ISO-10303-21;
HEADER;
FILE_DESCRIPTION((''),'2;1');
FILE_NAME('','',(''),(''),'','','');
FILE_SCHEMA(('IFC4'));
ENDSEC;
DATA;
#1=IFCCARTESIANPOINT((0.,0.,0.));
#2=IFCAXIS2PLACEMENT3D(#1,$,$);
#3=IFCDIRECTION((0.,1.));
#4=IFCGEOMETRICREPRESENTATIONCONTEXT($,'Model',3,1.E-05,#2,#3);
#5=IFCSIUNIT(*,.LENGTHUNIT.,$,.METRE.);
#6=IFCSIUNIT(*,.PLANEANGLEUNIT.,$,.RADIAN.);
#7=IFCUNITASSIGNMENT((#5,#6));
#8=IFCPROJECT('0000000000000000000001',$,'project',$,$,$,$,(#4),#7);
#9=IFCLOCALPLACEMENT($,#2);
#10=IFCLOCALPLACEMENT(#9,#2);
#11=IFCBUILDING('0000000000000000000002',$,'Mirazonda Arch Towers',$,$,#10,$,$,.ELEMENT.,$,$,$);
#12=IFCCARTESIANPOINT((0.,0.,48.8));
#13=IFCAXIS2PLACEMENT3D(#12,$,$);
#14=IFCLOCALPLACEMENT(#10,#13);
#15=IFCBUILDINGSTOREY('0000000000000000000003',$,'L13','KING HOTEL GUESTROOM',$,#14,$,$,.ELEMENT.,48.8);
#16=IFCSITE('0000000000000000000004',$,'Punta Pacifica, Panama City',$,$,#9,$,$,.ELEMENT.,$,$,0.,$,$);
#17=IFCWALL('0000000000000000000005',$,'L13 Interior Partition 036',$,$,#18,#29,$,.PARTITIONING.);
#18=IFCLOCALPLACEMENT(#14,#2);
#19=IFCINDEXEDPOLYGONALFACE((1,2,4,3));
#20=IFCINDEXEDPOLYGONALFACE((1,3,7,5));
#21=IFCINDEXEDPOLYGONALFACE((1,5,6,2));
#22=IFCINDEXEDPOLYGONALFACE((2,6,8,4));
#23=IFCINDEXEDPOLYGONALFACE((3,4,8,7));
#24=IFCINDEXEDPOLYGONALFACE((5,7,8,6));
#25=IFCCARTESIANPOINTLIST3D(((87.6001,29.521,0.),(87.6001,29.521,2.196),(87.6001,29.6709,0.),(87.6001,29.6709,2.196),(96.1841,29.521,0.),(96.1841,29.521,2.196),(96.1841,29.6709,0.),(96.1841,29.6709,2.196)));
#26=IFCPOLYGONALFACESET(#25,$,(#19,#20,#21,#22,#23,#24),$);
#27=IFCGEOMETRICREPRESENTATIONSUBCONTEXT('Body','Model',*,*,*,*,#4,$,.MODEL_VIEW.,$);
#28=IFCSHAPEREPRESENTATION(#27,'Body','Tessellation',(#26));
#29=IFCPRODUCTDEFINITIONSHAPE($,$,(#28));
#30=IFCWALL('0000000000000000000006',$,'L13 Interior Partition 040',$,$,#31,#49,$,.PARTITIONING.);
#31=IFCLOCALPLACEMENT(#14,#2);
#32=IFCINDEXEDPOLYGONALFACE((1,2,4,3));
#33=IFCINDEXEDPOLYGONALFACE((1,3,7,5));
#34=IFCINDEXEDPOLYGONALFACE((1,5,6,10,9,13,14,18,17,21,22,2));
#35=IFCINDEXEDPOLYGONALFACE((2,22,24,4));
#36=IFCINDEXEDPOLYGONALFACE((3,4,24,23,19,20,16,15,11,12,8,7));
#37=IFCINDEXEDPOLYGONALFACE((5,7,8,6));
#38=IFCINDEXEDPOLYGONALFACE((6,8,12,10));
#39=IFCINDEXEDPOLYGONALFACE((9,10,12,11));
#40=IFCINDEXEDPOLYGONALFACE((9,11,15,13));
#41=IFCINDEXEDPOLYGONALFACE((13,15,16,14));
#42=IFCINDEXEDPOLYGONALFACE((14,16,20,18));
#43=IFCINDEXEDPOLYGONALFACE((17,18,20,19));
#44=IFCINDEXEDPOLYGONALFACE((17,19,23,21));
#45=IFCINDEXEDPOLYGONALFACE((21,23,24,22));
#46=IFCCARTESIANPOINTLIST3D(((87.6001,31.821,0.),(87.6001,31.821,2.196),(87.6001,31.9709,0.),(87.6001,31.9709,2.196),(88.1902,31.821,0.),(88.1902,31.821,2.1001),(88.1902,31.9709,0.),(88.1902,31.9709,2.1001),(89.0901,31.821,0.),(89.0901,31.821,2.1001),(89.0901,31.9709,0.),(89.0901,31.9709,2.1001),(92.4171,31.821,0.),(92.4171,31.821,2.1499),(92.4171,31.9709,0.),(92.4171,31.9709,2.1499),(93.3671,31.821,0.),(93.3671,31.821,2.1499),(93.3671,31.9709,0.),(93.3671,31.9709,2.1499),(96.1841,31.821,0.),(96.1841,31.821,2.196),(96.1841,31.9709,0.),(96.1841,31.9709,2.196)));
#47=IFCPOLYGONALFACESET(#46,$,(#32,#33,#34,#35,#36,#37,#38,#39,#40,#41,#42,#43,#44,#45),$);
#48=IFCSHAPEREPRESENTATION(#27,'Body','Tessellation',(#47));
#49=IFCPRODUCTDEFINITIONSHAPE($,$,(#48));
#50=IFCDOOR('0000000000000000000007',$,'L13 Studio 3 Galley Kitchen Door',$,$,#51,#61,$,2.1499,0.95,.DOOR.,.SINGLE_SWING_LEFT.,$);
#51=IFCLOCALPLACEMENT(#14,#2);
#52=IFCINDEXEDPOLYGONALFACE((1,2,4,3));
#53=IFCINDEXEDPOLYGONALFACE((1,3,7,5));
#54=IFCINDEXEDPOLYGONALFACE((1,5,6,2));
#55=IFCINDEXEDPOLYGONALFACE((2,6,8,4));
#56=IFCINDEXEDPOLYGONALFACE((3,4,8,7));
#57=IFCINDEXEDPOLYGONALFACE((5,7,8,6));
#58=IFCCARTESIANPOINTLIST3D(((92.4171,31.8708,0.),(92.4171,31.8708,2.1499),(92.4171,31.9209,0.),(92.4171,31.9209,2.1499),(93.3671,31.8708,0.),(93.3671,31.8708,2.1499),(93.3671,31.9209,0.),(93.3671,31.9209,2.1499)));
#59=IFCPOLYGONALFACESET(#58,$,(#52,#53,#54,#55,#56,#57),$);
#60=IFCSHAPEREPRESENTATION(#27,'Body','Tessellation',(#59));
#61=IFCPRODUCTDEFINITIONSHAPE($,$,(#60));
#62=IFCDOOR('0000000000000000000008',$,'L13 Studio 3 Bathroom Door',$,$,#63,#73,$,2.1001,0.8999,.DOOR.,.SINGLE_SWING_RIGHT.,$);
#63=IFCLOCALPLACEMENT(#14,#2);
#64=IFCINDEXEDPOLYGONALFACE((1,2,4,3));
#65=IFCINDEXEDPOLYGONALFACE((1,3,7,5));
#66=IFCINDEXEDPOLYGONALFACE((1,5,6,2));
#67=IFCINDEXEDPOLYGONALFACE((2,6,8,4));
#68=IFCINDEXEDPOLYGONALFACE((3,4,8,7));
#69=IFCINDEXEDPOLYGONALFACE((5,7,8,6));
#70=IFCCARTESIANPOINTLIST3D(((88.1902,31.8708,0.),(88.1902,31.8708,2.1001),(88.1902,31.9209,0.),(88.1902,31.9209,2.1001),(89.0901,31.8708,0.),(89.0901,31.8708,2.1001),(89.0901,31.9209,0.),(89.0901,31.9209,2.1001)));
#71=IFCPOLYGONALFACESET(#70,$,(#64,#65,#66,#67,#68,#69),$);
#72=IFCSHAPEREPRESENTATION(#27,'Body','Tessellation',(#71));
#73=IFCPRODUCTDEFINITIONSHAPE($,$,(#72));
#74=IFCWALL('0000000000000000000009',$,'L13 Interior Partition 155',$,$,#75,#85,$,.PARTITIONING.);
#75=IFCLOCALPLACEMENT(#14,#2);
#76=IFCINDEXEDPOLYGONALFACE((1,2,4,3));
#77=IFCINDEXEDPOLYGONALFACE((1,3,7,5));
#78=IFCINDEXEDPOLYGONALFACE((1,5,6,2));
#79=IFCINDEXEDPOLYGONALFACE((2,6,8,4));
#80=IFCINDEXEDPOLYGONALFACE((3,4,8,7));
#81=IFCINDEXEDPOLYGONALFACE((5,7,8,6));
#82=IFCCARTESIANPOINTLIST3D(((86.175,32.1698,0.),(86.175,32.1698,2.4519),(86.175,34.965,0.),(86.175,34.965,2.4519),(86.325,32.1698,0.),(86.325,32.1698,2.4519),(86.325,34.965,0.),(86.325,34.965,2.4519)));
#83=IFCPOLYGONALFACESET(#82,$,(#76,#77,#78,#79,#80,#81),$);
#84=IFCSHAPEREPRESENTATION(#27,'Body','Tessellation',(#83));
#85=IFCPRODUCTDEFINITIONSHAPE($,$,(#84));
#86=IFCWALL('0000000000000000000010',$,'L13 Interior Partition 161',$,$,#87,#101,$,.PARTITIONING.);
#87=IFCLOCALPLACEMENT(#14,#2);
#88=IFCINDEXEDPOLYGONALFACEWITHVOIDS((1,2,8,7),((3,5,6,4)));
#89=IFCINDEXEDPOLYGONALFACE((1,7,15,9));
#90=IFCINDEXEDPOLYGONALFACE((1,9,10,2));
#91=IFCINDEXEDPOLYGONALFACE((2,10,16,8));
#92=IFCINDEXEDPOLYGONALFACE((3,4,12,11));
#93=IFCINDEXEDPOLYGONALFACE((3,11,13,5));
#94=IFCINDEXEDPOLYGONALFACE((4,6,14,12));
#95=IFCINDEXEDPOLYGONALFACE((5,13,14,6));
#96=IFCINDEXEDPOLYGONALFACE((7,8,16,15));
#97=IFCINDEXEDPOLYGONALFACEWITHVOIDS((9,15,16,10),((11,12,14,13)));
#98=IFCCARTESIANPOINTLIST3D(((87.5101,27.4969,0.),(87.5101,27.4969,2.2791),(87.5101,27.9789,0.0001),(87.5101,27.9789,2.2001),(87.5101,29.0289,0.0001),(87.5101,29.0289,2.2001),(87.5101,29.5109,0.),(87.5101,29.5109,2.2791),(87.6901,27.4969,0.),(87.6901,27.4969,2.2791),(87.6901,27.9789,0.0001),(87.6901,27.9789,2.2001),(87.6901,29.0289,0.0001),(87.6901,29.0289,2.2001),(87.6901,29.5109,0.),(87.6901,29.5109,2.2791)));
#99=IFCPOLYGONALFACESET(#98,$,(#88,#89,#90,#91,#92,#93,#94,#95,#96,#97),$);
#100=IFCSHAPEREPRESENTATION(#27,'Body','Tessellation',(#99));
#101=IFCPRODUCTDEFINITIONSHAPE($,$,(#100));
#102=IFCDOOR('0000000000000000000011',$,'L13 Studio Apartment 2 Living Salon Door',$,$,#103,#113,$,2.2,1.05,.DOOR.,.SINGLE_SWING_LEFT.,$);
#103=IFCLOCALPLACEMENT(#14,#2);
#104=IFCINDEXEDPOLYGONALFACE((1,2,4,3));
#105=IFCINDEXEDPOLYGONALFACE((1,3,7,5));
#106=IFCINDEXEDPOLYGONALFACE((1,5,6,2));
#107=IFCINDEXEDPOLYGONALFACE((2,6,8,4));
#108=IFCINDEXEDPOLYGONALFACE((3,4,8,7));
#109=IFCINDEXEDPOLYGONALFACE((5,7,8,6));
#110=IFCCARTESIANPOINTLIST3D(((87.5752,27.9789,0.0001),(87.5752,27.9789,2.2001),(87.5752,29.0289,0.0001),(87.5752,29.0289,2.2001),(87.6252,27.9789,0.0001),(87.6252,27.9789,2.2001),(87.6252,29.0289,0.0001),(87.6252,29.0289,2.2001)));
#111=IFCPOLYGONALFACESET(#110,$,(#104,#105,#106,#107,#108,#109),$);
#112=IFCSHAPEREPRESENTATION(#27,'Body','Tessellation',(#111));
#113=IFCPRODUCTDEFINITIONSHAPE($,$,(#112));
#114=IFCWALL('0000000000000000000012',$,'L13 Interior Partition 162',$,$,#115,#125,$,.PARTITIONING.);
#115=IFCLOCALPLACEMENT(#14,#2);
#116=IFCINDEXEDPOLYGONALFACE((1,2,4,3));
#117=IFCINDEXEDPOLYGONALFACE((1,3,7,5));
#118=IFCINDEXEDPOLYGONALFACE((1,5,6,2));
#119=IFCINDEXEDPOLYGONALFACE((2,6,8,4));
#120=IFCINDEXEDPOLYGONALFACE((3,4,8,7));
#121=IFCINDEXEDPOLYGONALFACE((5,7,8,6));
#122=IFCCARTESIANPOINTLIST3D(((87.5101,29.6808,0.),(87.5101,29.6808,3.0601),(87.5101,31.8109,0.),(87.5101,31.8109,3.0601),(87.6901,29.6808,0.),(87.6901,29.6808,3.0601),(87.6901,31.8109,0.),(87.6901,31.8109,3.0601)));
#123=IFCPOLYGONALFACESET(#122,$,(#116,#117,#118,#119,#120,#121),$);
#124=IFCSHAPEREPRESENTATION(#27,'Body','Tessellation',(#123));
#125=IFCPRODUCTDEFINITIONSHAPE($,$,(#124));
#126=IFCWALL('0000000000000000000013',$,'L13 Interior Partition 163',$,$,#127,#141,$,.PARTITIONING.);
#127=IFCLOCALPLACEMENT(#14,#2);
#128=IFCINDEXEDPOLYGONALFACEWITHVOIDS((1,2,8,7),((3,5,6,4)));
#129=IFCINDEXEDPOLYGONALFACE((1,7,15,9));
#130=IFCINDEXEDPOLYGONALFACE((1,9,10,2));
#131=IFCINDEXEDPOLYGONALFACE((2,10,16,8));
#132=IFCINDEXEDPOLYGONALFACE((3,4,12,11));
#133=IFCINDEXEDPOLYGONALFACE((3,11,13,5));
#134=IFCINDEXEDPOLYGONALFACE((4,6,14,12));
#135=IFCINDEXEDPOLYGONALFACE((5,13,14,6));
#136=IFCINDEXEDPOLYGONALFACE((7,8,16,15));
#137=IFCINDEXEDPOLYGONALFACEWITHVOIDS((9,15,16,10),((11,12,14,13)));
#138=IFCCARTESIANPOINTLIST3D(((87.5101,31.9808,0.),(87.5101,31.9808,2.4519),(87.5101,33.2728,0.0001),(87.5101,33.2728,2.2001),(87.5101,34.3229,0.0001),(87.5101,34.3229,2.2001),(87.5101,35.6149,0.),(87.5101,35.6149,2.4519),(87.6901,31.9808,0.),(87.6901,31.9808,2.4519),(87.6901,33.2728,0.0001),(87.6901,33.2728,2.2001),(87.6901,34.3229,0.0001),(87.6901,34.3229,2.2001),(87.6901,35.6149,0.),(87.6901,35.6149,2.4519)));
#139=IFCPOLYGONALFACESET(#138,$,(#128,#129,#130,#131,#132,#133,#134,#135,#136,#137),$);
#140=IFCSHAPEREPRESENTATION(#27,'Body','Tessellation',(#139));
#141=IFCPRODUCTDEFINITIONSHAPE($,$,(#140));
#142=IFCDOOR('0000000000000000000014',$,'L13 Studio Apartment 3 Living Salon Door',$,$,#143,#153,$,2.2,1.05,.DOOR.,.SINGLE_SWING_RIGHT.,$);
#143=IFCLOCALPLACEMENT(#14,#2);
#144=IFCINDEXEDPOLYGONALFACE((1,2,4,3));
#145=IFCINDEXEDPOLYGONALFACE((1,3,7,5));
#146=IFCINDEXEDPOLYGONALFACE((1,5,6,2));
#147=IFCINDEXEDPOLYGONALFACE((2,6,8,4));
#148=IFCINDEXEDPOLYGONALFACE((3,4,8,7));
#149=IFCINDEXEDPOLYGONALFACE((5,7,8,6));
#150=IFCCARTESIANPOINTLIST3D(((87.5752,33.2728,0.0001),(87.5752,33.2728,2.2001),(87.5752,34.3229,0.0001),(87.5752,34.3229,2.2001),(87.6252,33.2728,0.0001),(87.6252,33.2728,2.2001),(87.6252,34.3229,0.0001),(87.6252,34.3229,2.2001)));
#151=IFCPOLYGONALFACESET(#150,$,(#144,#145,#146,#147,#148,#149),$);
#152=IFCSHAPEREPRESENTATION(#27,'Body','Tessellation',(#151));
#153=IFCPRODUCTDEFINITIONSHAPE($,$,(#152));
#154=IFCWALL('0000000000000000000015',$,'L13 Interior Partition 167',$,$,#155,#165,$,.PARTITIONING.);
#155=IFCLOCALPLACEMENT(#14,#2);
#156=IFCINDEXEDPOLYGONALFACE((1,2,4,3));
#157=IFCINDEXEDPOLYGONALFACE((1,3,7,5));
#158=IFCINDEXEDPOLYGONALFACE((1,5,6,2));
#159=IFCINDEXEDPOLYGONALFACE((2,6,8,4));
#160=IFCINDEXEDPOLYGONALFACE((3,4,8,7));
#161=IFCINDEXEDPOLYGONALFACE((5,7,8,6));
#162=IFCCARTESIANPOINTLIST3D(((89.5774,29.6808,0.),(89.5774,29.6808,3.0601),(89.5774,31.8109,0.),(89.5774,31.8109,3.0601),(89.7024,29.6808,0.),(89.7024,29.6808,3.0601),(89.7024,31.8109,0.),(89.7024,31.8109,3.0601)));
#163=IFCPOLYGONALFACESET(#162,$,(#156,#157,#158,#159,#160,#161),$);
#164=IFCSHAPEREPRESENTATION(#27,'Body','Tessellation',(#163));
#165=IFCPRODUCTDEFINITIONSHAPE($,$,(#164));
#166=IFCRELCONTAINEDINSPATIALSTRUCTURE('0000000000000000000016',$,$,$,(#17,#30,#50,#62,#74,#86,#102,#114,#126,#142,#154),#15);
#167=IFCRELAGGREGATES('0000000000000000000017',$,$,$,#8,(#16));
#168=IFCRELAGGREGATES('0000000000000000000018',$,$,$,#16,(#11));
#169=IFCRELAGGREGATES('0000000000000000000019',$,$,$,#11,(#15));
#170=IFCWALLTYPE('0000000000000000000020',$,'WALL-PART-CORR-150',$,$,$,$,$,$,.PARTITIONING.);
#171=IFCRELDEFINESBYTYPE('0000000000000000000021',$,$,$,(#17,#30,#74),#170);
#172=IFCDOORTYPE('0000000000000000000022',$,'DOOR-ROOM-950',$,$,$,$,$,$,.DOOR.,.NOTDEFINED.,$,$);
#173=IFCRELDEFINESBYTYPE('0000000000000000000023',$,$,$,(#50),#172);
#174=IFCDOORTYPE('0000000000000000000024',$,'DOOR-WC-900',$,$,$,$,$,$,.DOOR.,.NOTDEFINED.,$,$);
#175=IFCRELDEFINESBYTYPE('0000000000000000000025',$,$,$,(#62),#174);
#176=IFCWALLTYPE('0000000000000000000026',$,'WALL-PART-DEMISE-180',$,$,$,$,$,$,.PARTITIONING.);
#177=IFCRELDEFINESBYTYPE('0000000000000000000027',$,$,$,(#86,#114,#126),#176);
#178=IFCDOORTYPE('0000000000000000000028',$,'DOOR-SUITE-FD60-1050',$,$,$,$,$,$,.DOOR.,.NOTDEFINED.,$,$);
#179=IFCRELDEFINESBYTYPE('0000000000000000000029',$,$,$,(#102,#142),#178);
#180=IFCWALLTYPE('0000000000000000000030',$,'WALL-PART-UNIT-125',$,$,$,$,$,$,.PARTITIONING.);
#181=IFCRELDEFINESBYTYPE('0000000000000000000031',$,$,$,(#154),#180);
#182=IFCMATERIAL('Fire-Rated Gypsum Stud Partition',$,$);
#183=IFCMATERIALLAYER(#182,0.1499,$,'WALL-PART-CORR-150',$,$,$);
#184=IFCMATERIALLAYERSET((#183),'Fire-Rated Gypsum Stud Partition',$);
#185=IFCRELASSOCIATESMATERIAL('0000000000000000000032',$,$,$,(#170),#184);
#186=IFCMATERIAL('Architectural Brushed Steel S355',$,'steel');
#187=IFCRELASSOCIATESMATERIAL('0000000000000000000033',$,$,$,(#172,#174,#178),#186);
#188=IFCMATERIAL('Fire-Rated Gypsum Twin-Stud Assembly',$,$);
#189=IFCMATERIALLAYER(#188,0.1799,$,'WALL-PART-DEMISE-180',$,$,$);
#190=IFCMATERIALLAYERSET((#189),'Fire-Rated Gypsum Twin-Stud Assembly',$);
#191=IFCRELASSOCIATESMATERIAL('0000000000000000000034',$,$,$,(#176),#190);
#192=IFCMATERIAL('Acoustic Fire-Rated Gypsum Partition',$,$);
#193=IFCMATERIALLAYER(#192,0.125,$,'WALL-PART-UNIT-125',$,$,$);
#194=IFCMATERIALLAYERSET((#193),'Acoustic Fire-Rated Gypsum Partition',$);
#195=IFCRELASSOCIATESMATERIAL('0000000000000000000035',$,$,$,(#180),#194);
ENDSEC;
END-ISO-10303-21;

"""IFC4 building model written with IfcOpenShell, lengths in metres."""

from ifc_helpers import new_model, si_unit, direction, frame, frame_2d, origin, place, context, subcontext, project, spatial, rectangle, extrude, material, layer, layer_set, type_object, element, fill, save


model = new_model("IFC4")

# Units and contexts
model_context = context("Model", 3, precision=1e-05, world=origin(), true_north=direction((0.0, 1.0)))
body_context = subcontext(model_context, "Body", "Model", "MODEL_VIEW")
ifc_project = project(units=[si_unit("LENGTHUNIT", "METRE"), si_unit("PLANEANGLEUNIT", "RADIAN")], contexts=[model_context])

# Site, building, storey
site_placement = place(None, origin())
site = spatial("IfcSite", under=ifc_project, at=site_placement, Name="Punta Pacifica, Panama City", CompositionType="ELEMENT", RefElevation=0.0)
building_placement = place(site_placement, origin())
building = spatial("IfcBuilding", under=site, at=building_placement, Name="Mirazonda Arch Towers", CompositionType="ELEMENT")
storey_placement = place(building_placement, frame((0.0, 0.0, 48.8)))
storey = spatial("IfcBuildingStorey", under=building, at=storey_placement, Name="L13", Description="KING HOTEL GUESTROOM", CompositionType="ELEMENT", Elevation=48.8)

# Shared definitions
ifc_material_1 = material(Name="Fire-Rated Gypsum Stud Partition")
ifc_layer_1 = layer(ifc_material_1, 0.1499, Name="WALL-PART-CORR-150")
ifc_layer_set_1 = layer_set([ifc_layer_1], Name="Fire-Rated Gypsum Stud Partition")
wall_type_1 = type_object("IfcWallType", Name="WALL-PART-CORR-150", PredefinedType="PARTITIONING", material=ifc_layer_set_1)
ifc_material_2 = material(Name="Architectural Brushed Steel S355", Category="steel")
door_type_1 = type_object("IfcDoorType", Name="DOOR-ROOM-950", OperationType="NOTDEFINED", PredefinedType="DOOR", material=ifc_material_2)
door_type_2 = type_object("IfcDoorType", Name="DOOR-WC-900", OperationType="NOTDEFINED", PredefinedType="DOOR", material=ifc_material_2)

# Wall
wall_1_placement = place(storey_placement, frame((87.6001, 29.5959, 0.0), z_axis=(0.0, 0.0, 1.0), x_axis=(1.0, 0.0, 0.0)))
element("IfcWall", 1, at=wall_1_placement, inside=storey, type_object=wall_type_1, Name="L13 Interior Partition 036", PredefinedType="PARTITIONING", context=body_context, shape_type="SweptSolid", body=[
    extrude(rectangle(XDim=8.584, YDim=0.1499, at=frame_2d((4.292, 0.0))), origin(), (0.0, 0.0, 1.0), 2.196),
])

# Wall, openings, doors
wall_2_placement = place(storey_placement, frame((87.6001, 31.896, 0.0), z_axis=(0.0, 0.0, 1.0), x_axis=(1.0, 0.0, 0.0)))
wall_2 = element("IfcWall", 2, at=wall_2_placement, inside=storey, type_object=wall_type_1, Name="L13 Interior Partition 040", PredefinedType="PARTITIONING", context=body_context, shape_type="SweptSolid", body=[
    extrude(rectangle(XDim=8.584, YDim=0.1499, at=frame_2d((4.292, 0.0))), origin(), (0.0, 0.0, 1.0), 2.196),
])
opening_1_placement = place(wall_2_placement, frame((4.8169, 0.0, 0.0)))
opening_1 = element("IfcOpeningElement", 3, at=opening_1_placement, cuts=wall_2, PredefinedType="OPENING", context=body_context, shape_type="SweptSolid", body=[
    extrude(rectangle(XDim=0.95, YDim=2.1499, at=frame_2d((0.4751, 1.075))), frame((0.0, 0.085, 0.0), z_axis=(0.0, -1.0, 0.0), x_axis=(1.0, 0.0, 0.0)), (0.0, 0.0, 1.0), 0.1699),
])
opening_2_placement = place(wall_2_placement, frame((0.5901, 0.0, 0.0)))
opening_2 = element("IfcOpeningElement", 4, at=opening_2_placement, cuts=wall_2, PredefinedType="OPENING", context=body_context, shape_type="SweptSolid", body=[
    extrude(rectangle(XDim=0.8999, YDim=2.1001, at=frame_2d((0.45, 1.05))), frame((0.0, 0.085, 0.0), z_axis=(0.0, -1.0, 0.0), x_axis=(1.0, 0.0, 0.0)), (0.0, 0.0, 1.0), 0.1699),
])
door_1_placement = place(opening_1_placement, origin())
door_1 = element("IfcDoor", 5, at=door_1_placement, inside=storey, type_object=door_type_1, Name="L13 Studio 3 Galley Kitchen Door", OperationType="SINGLE_SWING_LEFT", OverallHeight=2.1499, OverallWidth=0.95, PredefinedType="DOOR", context=body_context, shape_type="SweptSolid", body=[
    extrude(rectangle(XDim=0.95, YDim=2.1499, at=frame_2d((0.4751, 1.075))), frame((0.0, 0.0249, 0.0), z_axis=(0.0, -1.0, 0.0), x_axis=(1.0, 0.0, 0.0)), (0.0, 0.0, 1.0), 0.05),
])
fill(opening_1, door_1)
door_2_placement = place(opening_2_placement, origin())
door_2 = element("IfcDoor", 6, at=door_2_placement, inside=storey, type_object=door_type_2, Name="L13 Studio 3 Bathroom Door", OperationType="SINGLE_SWING_RIGHT", OverallHeight=2.1001, OverallWidth=0.8999, PredefinedType="DOOR", context=body_context, shape_type="SweptSolid", body=[
    extrude(rectangle(XDim=0.8999, YDim=2.1001, at=frame_2d((0.45, 1.05))), frame((0.0, 0.0249, 0.0), z_axis=(0.0, -1.0, 0.0), x_axis=(1.0, 0.0, 0.0)), (0.0, 0.0, 1.0), 0.05),
])
fill(opening_2, door_2)

# Wall
wall_3_placement = place(storey_placement, frame((86.25, 32.1699, 0.0), z_axis=(0.0, 0.0, 1.0), x_axis=(0.0, 1.0, 0.0)))
element("IfcWall", 7, at=wall_3_placement, inside=storey, type_object=wall_type_1, Name="L13 Interior Partition 155", PredefinedType="PARTITIONING", context=body_context, shape_type="SweptSolid", body=[
    extrude(rectangle(XDim=2.7952, YDim=0.1499, at=frame_2d((1.3975, 0.0))), origin(), (0.0, 0.0, 1.0), 2.4519),
])

# Wall, opening, door
ifc_material_3 = material(Name="Fire-Rated Gypsum Twin-Stud Assembly")
ifc_layer_2 = layer(ifc_material_3, 0.1799, Name="WALL-PART-DEMISE-180")
ifc_layer_set_2 = layer_set([ifc_layer_2], Name="Fire-Rated Gypsum Twin-Stud Assembly")
wall_type_2 = type_object("IfcWallType", Name="WALL-PART-DEMISE-180", PredefinedType="PARTITIONING", material=ifc_layer_set_2)
wall_4_placement = place(storey_placement, frame((87.6001, 27.4971, 0.0), z_axis=(0.0, 0.0, 1.0), x_axis=(0.0, 1.0, 0.0)))
wall_4 = element("IfcWall", 8, at=wall_4_placement, inside=storey, type_object=wall_type_2, Name="L13 Interior Partition 161", PredefinedType="PARTITIONING", context=body_context, shape_type="SweptSolid", body=[
    extrude(rectangle(XDim=2.0139, YDim=0.1799, at=frame_2d((1.0068, 0.0))), origin(), (0.0, 0.0, 1.0), 2.2791),
])
opening_3_placement = place(wall_4_placement, frame((0.4819, 0.0, 0.0)))
opening_3 = element("IfcOpeningElement", 9, at=opening_3_placement, cuts=wall_4, PredefinedType="OPENING", context=body_context, shape_type="SweptSolid", body=[
    extrude(rectangle(XDim=1.05, YDim=2.2, at=frame_2d((0.5249, 1.1001))), frame((0.0, 0.0999, 0.0), z_axis=(0.0, -1.0, 0.0), x_axis=(1.0, 0.0, 0.0)), (0.0, 0.0, 1.0), 0.2),
])
door_type_3 = type_object("IfcDoorType", Name="DOOR-SUITE-FD60-1050", OperationType="NOTDEFINED", PredefinedType="DOOR", material=ifc_material_2)
door_3_placement = place(opening_3_placement, origin())
door_3 = element("IfcDoor", 10, at=door_3_placement, inside=storey, type_object=door_type_3, Name="L13 Studio Apartment 2 Living Salon Door", OperationType="SINGLE_SWING_LEFT", OverallHeight=2.2, OverallWidth=1.05, PredefinedType="DOOR", context=body_context, shape_type="SweptSolid", body=[
    extrude(rectangle(XDim=1.05, YDim=2.2, at=frame_2d((0.5249, 1.1001))), frame((0.0, 0.0249, 0.0), z_axis=(0.0, -1.0, 0.0), x_axis=(1.0, 0.0, 0.0)), (0.0, 0.0, 1.0), 0.05),
])
fill(opening_3, door_3)

# Wall
wall_5_placement = place(storey_placement, frame((87.6001, 29.6809, 0.0), z_axis=(0.0, 0.0, 1.0), x_axis=(0.0, 1.0, 0.0)))
element("IfcWall", 11, at=wall_5_placement, inside=storey, type_object=wall_type_2, Name="L13 Interior Partition 162", PredefinedType="PARTITIONING", context=body_context, shape_type="SweptSolid", body=[
    extrude(rectangle(XDim=2.1301, YDim=0.1799, at=frame_2d((1.0649, 0.0))), origin(), (0.0, 0.0, 1.0), 3.0601),
])

# Wall, opening, door
wall_6_placement = place(storey_placement, frame((87.6001, 31.981, 0.0), z_axis=(0.0, 0.0, 1.0), x_axis=(0.0, 1.0, 0.0)))
wall_6 = element("IfcWall", 12, at=wall_6_placement, inside=storey, type_object=wall_type_2, Name="L13 Interior Partition 163", PredefinedType="PARTITIONING", context=body_context, shape_type="SweptSolid", body=[
    extrude(rectangle(XDim=3.634, YDim=0.1799, at=frame_2d((1.8169, 0.0))), origin(), (0.0, 0.0, 1.0), 2.4519),
])
opening_4_placement = place(wall_6_placement, frame((1.292, 0.0, 0.0)))
opening_4 = element("IfcOpeningElement", 13, at=opening_4_placement, cuts=wall_6, PredefinedType="OPENING", context=body_context, shape_type="SweptSolid", body=[
    extrude(rectangle(XDim=1.05, YDim=2.2, at=frame_2d((0.5249, 1.1001))), frame((0.0, 0.0999, 0.0), z_axis=(0.0, -1.0, 0.0), x_axis=(1.0, 0.0, 0.0)), (0.0, 0.0, 1.0), 0.2),
])
door_4_placement = place(opening_4_placement, origin())
door_4 = element("IfcDoor", 14, at=door_4_placement, inside=storey, type_object=door_type_3, Name="L13 Studio Apartment 3 Living Salon Door", OperationType="SINGLE_SWING_RIGHT", OverallHeight=2.2, OverallWidth=1.05, PredefinedType="DOOR", context=body_context, shape_type="SweptSolid", body=[
    extrude(rectangle(XDim=1.05, YDim=2.2, at=frame_2d((0.5249, 1.1001))), frame((0.0, 0.0249, 0.0), z_axis=(0.0, -1.0, 0.0), x_axis=(1.0, 0.0, 0.0)), (0.0, 0.0, 1.0), 0.05),
])
fill(opening_4, door_4)

# Wall
ifc_material_4 = material(Name="Acoustic Fire-Rated Gypsum Partition")
ifc_layer_3 = layer(ifc_material_4, 0.125, Name="WALL-PART-UNIT-125")
ifc_layer_set_3 = layer_set([ifc_layer_3], Name="Acoustic Fire-Rated Gypsum Partition")
wall_type_3 = type_object("IfcWallType", Name="WALL-PART-UNIT-125", PredefinedType="PARTITIONING", material=ifc_layer_set_3)
wall_7_placement = place(storey_placement, frame((89.6399, 29.6809, 0.0), z_axis=(0.0, 0.0, 1.0), x_axis=(0.0, 1.0, 0.0)))
element("IfcWall", 15, at=wall_7_placement, inside=storey, type_object=wall_type_3, Name="L13 Interior Partition 167", PredefinedType="PARTITIONING", context=body_context, shape_type="SweptSolid", body=[
    extrude(rectangle(XDim=2.1301, YDim=0.125, at=frame_2d((1.0649, 0.0))), origin(), (0.0, 0.0, 1.0), 3.0601),
])

save(model, "model.ifc")
